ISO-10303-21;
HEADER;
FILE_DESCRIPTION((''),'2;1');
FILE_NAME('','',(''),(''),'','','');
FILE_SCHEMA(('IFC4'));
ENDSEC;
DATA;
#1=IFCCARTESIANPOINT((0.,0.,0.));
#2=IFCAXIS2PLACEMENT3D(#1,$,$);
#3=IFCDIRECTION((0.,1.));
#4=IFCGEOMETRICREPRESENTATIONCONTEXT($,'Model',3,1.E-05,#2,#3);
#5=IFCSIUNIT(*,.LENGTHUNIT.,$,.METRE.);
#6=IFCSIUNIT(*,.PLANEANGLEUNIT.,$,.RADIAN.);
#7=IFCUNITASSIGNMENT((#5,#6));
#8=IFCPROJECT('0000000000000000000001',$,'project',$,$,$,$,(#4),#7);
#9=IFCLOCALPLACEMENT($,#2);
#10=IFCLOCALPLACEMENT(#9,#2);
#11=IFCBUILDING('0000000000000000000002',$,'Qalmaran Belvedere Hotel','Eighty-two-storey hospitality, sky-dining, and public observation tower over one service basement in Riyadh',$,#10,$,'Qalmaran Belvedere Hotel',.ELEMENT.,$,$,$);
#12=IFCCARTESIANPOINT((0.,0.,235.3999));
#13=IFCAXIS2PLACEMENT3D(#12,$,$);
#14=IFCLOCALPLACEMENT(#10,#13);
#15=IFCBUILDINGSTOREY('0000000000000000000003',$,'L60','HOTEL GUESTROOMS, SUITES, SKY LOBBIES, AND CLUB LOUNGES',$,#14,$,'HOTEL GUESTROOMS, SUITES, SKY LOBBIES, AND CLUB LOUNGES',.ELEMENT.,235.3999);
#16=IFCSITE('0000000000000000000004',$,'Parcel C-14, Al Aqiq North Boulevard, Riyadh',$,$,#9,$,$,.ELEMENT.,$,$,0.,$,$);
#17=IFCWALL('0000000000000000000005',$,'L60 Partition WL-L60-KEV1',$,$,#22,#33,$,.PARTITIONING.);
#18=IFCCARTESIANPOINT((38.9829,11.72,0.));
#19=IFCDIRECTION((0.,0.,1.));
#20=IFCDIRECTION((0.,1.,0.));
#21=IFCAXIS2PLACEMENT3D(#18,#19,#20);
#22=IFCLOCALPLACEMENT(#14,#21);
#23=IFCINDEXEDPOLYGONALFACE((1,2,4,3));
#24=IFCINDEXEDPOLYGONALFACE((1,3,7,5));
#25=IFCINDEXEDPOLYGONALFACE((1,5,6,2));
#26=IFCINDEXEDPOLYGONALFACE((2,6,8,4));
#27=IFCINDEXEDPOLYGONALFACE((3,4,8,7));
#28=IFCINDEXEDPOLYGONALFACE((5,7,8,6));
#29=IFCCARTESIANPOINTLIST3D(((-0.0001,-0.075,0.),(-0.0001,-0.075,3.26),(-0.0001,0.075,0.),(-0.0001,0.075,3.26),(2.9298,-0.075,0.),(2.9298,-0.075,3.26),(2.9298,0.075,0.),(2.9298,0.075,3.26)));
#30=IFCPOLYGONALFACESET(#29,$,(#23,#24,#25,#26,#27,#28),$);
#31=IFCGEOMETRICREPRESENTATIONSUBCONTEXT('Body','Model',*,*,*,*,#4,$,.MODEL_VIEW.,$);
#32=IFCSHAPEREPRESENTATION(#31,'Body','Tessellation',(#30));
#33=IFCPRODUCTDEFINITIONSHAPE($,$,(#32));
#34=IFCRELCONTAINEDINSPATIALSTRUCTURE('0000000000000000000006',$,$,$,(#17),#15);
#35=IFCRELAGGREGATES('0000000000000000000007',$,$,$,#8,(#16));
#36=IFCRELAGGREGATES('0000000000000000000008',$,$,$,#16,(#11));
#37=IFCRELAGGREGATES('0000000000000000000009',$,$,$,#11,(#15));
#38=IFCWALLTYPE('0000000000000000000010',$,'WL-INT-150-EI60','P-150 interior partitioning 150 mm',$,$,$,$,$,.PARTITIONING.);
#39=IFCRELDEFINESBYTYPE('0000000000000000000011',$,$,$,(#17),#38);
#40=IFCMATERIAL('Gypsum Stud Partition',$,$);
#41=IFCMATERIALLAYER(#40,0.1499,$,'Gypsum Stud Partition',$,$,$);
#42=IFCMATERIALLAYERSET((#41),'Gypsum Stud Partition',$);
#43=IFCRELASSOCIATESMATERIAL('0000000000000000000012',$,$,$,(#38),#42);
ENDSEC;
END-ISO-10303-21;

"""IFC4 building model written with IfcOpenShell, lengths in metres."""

from ifc_helpers import new_model, si_unit, direction, frame, frame_2d, origin, place, context, subcontext, project, spatial, rectangle, extrude, material, layer, layer_set, type_object, element, save


model = new_model("IFC4")

# Units and contexts
model_context = context("Model", 3, precision=1e-05, world=origin(), true_north=direction((0.0, 1.0)))
body_context = subcontext(model_context, "Body", "Model", "MODEL_VIEW")
ifc_project = project(units=[si_unit("LENGTHUNIT", "METRE"), si_unit("PLANEANGLEUNIT", "RADIAN")], contexts=[model_context])

# Site, building, storey
site_placement = place(None, origin())
site = spatial("IfcSite", under=ifc_project, at=site_placement, Name="Parcel C-14, Al Aqiq North Boulevard, Riyadh", CompositionType="ELEMENT", RefElevation=0.0)
building_placement = place(site_placement, origin())
building = spatial("IfcBuilding", under=site, at=building_placement, Name="Qalmaran Belvedere Hotel", Description="Eighty-two-storey hospitality, sky-dining, and public observation tower over one service basement in Riyadh", LongName="Qalmaran Belvedere Hotel", CompositionType="ELEMENT")
storey_placement = place(building_placement, frame((0.0, 0.0, 235.3999)))
storey = spatial("IfcBuildingStorey", under=building, at=storey_placement, Name="L60", Description="HOTEL GUESTROOMS, SUITES, SKY LOBBIES, AND CLUB LOUNGES", LongName="HOTEL GUESTROOMS, SUITES, SKY LOBBIES, AND CLUB LOUNGES", CompositionType="ELEMENT", Elevation=235.3999)

# Wall
ifc_material_1 = material(Name="Gypsum Stud Partition")
ifc_layer_1 = layer(ifc_material_1, 0.1499, Name="Gypsum Stud Partition")
ifc_layer_set_1 = layer_set([ifc_layer_1], Name="Gypsum Stud Partition")
wall_type_1 = type_object("IfcWallType", Name="WL-INT-150-EI60", Description="P-150 interior partitioning 150 mm", PredefinedType="PARTITIONING", material=ifc_layer_set_1)
wall_1_placement = place(storey_placement, frame((38.9829, 11.72, 0.0), z_axis=(0.0, 0.0, 1.0), x_axis=(0.0, 1.0, 0.0)))
element("IfcWall", 1, at=wall_1_placement, inside=storey, type_object=wall_type_1, Name="L60 Partition WL-L60-KEV1", PredefinedType="PARTITIONING", context=body_context, shape_type="SweptSolid", body=[
    extrude(rectangle(XDim=2.9299, YDim=0.1499, at=frame_2d((1.4648, 0.0))), origin(), (0.0, 0.0, 1.0), 3.26),
])

save(model, "model.ifc")
